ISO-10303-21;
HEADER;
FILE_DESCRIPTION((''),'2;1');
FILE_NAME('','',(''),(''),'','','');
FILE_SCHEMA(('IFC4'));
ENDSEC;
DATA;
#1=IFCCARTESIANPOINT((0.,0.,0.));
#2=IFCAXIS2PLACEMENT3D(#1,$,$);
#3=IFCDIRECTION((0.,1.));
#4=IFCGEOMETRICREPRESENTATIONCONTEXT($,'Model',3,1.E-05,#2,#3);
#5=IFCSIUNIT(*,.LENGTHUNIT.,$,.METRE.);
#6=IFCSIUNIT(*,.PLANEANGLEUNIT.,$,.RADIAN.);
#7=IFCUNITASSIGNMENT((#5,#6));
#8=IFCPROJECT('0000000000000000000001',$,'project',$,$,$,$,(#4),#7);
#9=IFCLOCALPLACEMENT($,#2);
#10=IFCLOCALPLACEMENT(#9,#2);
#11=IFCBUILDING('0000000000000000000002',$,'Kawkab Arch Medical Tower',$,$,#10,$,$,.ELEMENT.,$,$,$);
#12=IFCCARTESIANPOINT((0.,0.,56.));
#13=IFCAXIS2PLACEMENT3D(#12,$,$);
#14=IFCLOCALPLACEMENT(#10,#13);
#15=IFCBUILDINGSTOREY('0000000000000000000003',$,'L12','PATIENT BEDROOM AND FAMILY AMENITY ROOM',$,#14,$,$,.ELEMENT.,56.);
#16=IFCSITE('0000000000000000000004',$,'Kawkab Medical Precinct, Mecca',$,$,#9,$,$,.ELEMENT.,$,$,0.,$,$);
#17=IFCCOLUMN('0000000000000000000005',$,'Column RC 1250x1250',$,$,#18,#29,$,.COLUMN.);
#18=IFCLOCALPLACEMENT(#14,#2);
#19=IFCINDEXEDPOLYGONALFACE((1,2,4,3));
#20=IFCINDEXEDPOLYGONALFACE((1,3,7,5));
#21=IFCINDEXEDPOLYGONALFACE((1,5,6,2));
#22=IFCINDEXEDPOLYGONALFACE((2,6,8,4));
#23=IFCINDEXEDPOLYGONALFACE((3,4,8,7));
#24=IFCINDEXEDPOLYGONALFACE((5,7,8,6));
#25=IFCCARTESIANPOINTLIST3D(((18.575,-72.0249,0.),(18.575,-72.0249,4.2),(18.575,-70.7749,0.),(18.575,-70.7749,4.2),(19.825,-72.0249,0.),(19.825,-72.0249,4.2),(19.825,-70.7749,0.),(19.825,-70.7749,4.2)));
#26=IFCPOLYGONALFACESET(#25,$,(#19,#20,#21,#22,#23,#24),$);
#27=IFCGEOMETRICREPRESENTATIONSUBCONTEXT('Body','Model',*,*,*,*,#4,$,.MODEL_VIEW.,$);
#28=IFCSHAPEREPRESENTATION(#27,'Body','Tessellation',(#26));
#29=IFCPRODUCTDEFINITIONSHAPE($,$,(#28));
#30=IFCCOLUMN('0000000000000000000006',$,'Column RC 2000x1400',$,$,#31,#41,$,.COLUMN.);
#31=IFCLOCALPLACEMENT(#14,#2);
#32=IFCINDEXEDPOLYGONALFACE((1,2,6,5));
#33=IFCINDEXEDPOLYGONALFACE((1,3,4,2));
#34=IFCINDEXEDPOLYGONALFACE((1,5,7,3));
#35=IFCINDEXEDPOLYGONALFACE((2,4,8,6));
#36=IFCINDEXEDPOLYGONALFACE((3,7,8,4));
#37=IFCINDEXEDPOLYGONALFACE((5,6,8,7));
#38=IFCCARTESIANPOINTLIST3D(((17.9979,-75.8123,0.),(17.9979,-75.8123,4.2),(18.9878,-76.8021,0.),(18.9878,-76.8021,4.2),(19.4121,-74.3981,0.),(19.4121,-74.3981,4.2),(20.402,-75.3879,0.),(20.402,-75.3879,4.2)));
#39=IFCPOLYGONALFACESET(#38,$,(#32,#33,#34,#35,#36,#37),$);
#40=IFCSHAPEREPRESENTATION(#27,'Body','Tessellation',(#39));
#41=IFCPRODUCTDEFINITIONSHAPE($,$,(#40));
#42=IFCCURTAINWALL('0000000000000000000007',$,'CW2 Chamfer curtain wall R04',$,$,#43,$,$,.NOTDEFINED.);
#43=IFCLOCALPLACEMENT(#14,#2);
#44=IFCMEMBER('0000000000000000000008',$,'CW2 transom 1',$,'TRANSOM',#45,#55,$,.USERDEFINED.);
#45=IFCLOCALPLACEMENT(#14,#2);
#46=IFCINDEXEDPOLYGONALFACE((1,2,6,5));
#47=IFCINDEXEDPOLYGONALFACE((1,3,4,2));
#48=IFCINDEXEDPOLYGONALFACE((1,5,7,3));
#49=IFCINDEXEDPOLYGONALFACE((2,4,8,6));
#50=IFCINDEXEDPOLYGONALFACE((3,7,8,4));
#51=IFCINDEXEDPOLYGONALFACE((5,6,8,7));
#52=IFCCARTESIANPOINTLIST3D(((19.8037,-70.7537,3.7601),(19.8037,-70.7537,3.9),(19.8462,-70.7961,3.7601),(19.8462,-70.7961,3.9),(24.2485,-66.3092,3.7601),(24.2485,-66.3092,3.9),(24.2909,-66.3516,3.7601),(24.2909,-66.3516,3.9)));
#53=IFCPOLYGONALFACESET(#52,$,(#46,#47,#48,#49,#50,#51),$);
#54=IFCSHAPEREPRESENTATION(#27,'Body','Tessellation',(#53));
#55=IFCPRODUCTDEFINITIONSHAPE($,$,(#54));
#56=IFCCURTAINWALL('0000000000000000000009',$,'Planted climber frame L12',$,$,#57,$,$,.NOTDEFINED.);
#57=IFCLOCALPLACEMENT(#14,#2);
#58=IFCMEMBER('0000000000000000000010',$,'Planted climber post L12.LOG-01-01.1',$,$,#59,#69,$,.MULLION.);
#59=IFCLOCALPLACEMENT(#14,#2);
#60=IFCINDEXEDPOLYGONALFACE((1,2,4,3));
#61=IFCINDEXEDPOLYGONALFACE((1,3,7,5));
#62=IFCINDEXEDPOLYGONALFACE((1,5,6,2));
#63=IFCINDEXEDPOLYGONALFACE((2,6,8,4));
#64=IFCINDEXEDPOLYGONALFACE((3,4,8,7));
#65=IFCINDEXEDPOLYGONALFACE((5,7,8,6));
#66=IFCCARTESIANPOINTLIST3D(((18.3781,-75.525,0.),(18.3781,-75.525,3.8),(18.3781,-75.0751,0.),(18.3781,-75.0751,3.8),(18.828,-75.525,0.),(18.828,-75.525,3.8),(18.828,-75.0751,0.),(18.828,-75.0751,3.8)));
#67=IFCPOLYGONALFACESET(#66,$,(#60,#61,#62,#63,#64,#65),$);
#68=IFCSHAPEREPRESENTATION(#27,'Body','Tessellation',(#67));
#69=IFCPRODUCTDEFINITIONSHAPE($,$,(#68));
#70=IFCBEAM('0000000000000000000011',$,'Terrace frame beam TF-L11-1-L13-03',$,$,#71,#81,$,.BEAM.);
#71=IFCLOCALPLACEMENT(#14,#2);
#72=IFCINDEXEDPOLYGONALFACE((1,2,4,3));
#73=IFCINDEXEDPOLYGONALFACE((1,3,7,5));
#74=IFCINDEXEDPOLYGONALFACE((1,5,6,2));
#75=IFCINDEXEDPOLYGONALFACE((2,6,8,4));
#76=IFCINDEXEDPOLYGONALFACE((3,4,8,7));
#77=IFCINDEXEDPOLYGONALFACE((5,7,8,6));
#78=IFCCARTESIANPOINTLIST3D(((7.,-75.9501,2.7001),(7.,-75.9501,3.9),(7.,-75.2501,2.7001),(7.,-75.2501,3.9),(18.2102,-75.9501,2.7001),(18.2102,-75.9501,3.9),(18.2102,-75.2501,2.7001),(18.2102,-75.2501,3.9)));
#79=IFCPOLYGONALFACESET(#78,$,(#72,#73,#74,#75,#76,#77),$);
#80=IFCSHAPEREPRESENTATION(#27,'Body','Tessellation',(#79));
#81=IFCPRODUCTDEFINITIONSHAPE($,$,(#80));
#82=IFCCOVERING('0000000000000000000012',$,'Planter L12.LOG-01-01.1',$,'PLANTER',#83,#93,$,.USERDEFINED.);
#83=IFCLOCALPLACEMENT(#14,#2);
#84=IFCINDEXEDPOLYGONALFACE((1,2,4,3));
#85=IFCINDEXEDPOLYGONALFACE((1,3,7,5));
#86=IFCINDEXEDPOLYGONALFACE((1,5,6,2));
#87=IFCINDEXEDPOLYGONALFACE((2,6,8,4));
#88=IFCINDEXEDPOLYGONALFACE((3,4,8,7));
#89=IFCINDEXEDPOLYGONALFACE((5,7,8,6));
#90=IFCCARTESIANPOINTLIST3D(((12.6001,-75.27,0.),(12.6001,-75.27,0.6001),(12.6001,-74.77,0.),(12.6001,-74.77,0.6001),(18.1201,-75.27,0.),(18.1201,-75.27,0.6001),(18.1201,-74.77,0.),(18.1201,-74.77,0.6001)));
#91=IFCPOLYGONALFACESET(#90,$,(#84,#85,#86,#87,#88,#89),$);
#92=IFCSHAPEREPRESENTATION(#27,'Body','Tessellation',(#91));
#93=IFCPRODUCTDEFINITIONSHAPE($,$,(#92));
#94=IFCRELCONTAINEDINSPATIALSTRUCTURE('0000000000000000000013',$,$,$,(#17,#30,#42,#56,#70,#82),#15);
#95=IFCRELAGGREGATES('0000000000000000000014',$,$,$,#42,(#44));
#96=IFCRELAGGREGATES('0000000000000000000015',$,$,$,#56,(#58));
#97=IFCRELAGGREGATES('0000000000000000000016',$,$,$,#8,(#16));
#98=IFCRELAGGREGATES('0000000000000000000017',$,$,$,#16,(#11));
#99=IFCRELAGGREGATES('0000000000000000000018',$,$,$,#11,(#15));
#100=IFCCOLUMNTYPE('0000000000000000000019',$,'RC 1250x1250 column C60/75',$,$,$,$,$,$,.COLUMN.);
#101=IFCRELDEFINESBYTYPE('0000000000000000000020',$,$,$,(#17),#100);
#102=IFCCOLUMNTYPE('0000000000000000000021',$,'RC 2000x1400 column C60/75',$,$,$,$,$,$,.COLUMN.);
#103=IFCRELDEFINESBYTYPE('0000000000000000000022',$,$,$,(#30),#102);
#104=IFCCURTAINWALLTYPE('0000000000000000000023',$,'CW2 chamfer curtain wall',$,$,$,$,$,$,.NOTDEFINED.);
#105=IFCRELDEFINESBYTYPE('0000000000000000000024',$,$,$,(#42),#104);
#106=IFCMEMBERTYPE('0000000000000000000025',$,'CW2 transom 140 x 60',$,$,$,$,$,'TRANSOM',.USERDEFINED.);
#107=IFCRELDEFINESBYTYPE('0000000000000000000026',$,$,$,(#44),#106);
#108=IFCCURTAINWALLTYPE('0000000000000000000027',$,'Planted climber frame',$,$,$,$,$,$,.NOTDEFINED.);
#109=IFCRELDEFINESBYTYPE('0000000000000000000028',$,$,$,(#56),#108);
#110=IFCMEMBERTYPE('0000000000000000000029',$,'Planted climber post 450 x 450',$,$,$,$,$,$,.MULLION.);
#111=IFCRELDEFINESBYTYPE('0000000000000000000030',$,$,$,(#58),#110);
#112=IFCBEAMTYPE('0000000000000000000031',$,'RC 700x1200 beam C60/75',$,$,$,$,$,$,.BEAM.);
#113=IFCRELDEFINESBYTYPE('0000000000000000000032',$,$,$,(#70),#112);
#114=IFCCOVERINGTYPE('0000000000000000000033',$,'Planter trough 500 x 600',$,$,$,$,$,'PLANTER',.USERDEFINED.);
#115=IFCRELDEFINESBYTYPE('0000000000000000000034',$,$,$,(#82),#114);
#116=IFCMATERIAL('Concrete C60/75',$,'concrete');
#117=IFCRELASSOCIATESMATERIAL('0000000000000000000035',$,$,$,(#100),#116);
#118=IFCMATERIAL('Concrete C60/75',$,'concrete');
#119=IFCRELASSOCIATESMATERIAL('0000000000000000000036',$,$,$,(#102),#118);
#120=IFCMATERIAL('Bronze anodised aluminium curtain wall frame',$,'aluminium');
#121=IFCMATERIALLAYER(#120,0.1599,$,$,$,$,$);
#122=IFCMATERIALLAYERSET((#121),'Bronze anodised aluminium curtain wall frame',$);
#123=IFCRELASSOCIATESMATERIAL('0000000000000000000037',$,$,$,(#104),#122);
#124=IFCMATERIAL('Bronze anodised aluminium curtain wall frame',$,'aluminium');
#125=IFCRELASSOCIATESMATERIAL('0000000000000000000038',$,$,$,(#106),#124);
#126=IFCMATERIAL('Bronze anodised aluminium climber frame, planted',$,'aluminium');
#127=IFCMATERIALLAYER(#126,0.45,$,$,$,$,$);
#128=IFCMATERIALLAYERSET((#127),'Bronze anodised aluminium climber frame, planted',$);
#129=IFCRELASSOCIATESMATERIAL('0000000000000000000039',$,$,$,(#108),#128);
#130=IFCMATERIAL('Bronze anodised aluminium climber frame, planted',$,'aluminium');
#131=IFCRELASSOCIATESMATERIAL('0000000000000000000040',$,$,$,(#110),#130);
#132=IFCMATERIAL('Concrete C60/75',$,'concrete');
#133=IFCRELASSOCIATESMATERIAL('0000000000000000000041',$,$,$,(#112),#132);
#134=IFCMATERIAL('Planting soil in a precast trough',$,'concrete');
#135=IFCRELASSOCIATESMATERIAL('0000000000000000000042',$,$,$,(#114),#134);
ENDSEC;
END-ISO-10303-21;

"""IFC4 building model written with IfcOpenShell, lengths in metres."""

from ifc_helpers import new_model, si_unit, direction, frame, origin, origin_2d, place, context, subcontext, project, spatial, rectangle, extrude, material, layer, layer_set, material_profile, profile_set, type_object, element, aggregate, save


model = new_model("IFC4")

# Units and contexts
model_context = context("Model", 3, precision=1e-05, world=origin(), true_north=direction((0.0, 1.0)))
body_context = subcontext(model_context, "Body", "Model", "MODEL_VIEW")
ifc_project = project(units=[si_unit("LENGTHUNIT", "METRE"), si_unit("PLANEANGLEUNIT", "RADIAN")], contexts=[model_context])

# Site, building, storey
site_placement = place(None, origin())
site = spatial("IfcSite", under=ifc_project, at=site_placement, Name="Kawkab Medical Precinct, Mecca", CompositionType="ELEMENT", RefElevation=0.0)
building_placement = place(site_placement, origin())
building = spatial("IfcBuilding", under=site, at=building_placement, Name="Kawkab Arch Medical Tower", CompositionType="ELEMENT")
storey_placement = place(building_placement, frame((0.0, 0.0, 56.0)))
storey = spatial("IfcBuildingStorey", under=building, at=storey_placement, Name="L12", Description="PATIENT BEDROOM AND FAMILY AMENITY ROOM", CompositionType="ELEMENT", Elevation=56.0)

# Columns
ifc_material_1 = material(Name="Concrete C60/75", Category="concrete")
ifc_material_profile_1 = material_profile(ifc_material_1, rectangle(XDim=1.25, YDim=1.25, at=origin_2d()), Name="RC 1250x1250")
ifc_profile_set_1 = profile_set([ifc_material_profile_1], Name="Concrete C60/75")
column_type_1 = type_object("IfcColumnType", Name="RC 1250x1250 column C60/75", PredefinedType="COLUMN", material=ifc_profile_set_1)
column_1_placement = place(storey_placement, frame((19.2, -71.3999, 0.0), z_axis=(0.0, 0.0, 1.0), x_axis=(1.0, 0.0, 0.0)))
element("IfcColumn", 1, at=column_1_placement, inside=storey, type_object=column_type_1, Name="Column RC 1250x1250", PredefinedType="COLUMN", context=body_context, shape_type="SweptSolid", body=[
    extrude(rectangle(XDim=1.25, YDim=1.25, at=origin_2d()), origin(), (0.0, 0.0, 1.0), 4.2),
])
ifc_material_2 = material(Name="Concrete C60/75", Category="concrete")
ifc_material_profile_2 = material_profile(ifc_material_2, rectangle(XDim=2.0, YDim=1.3999, at=origin_2d()), Name="RC 2000x1400")
ifc_profile_set_2 = profile_set([ifc_material_profile_2], Name="Concrete C60/75")
column_type_2 = type_object("IfcColumnType", Name="RC 2000x1400 column C60/75", PredefinedType="COLUMN", material=ifc_profile_set_2)
column_2_placement = place(storey_placement, frame((19.2, -75.6001, 0.0), z_axis=(0.0, 0.0, 1.0), x_axis=(-0.707107, -0.707107, 0.0)))
element("IfcColumn", 2, at=column_2_placement, inside=storey, type_object=column_type_2, Name="Column RC 2000x1400", PredefinedType="COLUMN", context=body_context, shape_type="SweptSolid", body=[
    extrude(rectangle(XDim=2.0, YDim=1.3999, at=origin_2d()), origin(), (0.0, 0.0, 1.0), 4.2),
])

# Curtain walls, members
ifc_material_3 = material(Name="Bronze anodised aluminium curtain wall frame", Category="aluminium")
ifc_layer_1 = layer(ifc_material_3, 0.1599)
ifc_layer_set_1 = layer_set([ifc_layer_1], Name="Bronze anodised aluminium curtain wall frame")
curtain_wall_type_1 = type_object("IfcCurtainWallType", Name="CW2 chamfer curtain wall", PredefinedType="NOTDEFINED", material=ifc_layer_set_1)
placement = place(storey_placement, origin())
curtain_wall_1 = element("IfcCurtainWall", 3, at=placement, inside=storey, type_object=curtain_wall_type_1, Name="CW2 Chamfer curtain wall R04", PredefinedType="NOTDEFINED")
ifc_material_4 = material(Name="Bronze anodised aluminium curtain wall frame", Category="aluminium")
ifc_material_profile_3 = material_profile(ifc_material_4, rectangle(XDim=0.0601, YDim=0.1399, at=origin_2d()), Name="AL 60x140")
ifc_profile_set_3 = profile_set([ifc_material_profile_3], Name="Bronze anodised aluminium curtain wall frame")
member_type_1 = type_object("IfcMemberType", Name="CW2 transom 140 x 60", ElementType="TRANSOM", PredefinedType="USERDEFINED", material=ifc_profile_set_3)
member_1_placement = place(storey_placement, frame((19.825, -70.7749, 3.8301), z_axis=(0.707126, 0.707087, 0.0), x_axis=(-0.707087, 0.707126, 0.0)))
member_1 = element("IfcMember", 4, at=member_1_placement, type_object=member_type_1, Name="CW2 transom 1", ObjectType="TRANSOM", PredefinedType="USERDEFINED", context=body_context, shape_type="SweptSolid", body=[
    extrude(rectangle(XDim=0.0601, YDim=0.1399, at=origin_2d()), origin(), (0.0, 0.0, 1.0), 6.2856),
])
aggregate(curtain_wall_1, [member_1])
ifc_material_5 = material(Name="Bronze anodised aluminium climber frame, planted", Category="aluminium")
ifc_layer_2 = layer(ifc_material_5, 0.45)
ifc_layer_set_2 = layer_set([ifc_layer_2], Name="Bronze anodised aluminium climber frame, planted")
curtain_wall_type_2 = type_object("IfcCurtainWallType", Name="Planted climber frame", PredefinedType="NOTDEFINED", material=ifc_layer_set_2)
curtain_wall_2 = element("IfcCurtainWall", 5, at=placement, inside=storey, type_object=curtain_wall_type_2, Name="Planted climber frame L12", PredefinedType="NOTDEFINED")
ifc_material_6 = material(Name="Bronze anodised aluminium climber frame, planted", Category="aluminium")
ifc_material_profile_4 = material_profile(ifc_material_6, rectangle(XDim=0.45, YDim=0.45, at=origin_2d()), Name="Post 450x450")
ifc_profile_set_4 = profile_set([ifc_material_profile_4], Name="Bronze anodised aluminium climber frame, planted")
member_type_2 = type_object("IfcMemberType", Name="Planted climber post 450 x 450", PredefinedType="MULLION", material=ifc_profile_set_4)
member_2_placement = place(storey_placement, frame((18.603, -75.3, 0.0), z_axis=(0.0, 0.0, 1.0), x_axis=(1.0, 0.0, 0.0)))
member_2 = element("IfcMember", 6, at=member_2_placement, type_object=member_type_2, Name="Planted climber post L12.LOG-01-01.1", PredefinedType="MULLION", context=body_context, shape_type="SweptSolid", body=[
    extrude(rectangle(XDim=0.45, YDim=0.45, at=origin_2d()), origin(), (0.0, 0.0, 1.0), 3.8),
])
aggregate(curtain_wall_2, [member_2])

# Beam
ifc_material_7 = material(Name="Concrete C60/75", Category="concrete")
ifc_material_profile_5 = material_profile(ifc_material_7, rectangle(XDim=0.7, YDim=1.2, at=origin_2d()), Name="RC 700x1200")
ifc_profile_set_5 = profile_set([ifc_material_profile_5], Name="Concrete C60/75")
beam_type = type_object("IfcBeamType", Name="RC 700x1200 beam C60/75", PredefinedType="BEAM", material=ifc_profile_set_5)
beam_placement = place(storey_placement, frame((18.2102, -75.6001, 3.3), z_axis=(-1.0, 0.0, 0.0), x_axis=(0.0, -1.0, 0.0)))
element("IfcBeam", 7, at=beam_placement, inside=storey, type_object=beam_type, Name="Terrace frame beam TF-L11-1-L13-03", PredefinedType="BEAM", context=body_context, shape_type="SweptSolid", body=[
    extrude(rectangle(XDim=0.7, YDim=1.2, at=origin_2d()), origin(), (0.0, 0.0, 1.0), 11.2102),
])

# Covering
ifc_material_8 = material(Name="Planting soil in a precast trough", Category="concrete")
ifc_material_profile_6 = material_profile(ifc_material_8, rectangle(XDim=0.5, YDim=0.6001, at=origin_2d()), Name="Trough 500x600")
ifc_profile_set_6 = profile_set([ifc_material_profile_6], Name="Planting soil in a precast trough")
covering_type = type_object("IfcCoveringType", Name="Planter trough 500 x 600", ElementType="PLANTER", PredefinedType="USERDEFINED", material=ifc_profile_set_6)
covering_placement = place(storey_placement, frame((18.1201, -75.02, 0.3), z_axis=(-1.0, 0.0, 0.0), x_axis=(0.0, -1.0, 0.0)))
element("IfcCovering", 8, at=covering_placement, inside=storey, type_object=covering_type, Name="Planter L12.LOG-01-01.1", ObjectType="PLANTER", PredefinedType="USERDEFINED", context=body_context, shape_type="SweptSolid", body=[
    extrude(rectangle(XDim=0.5, YDim=0.6001, at=origin_2d()), origin(), (0.0, 0.0, 1.0), 5.52),
])

save(model, "model.ifc")
